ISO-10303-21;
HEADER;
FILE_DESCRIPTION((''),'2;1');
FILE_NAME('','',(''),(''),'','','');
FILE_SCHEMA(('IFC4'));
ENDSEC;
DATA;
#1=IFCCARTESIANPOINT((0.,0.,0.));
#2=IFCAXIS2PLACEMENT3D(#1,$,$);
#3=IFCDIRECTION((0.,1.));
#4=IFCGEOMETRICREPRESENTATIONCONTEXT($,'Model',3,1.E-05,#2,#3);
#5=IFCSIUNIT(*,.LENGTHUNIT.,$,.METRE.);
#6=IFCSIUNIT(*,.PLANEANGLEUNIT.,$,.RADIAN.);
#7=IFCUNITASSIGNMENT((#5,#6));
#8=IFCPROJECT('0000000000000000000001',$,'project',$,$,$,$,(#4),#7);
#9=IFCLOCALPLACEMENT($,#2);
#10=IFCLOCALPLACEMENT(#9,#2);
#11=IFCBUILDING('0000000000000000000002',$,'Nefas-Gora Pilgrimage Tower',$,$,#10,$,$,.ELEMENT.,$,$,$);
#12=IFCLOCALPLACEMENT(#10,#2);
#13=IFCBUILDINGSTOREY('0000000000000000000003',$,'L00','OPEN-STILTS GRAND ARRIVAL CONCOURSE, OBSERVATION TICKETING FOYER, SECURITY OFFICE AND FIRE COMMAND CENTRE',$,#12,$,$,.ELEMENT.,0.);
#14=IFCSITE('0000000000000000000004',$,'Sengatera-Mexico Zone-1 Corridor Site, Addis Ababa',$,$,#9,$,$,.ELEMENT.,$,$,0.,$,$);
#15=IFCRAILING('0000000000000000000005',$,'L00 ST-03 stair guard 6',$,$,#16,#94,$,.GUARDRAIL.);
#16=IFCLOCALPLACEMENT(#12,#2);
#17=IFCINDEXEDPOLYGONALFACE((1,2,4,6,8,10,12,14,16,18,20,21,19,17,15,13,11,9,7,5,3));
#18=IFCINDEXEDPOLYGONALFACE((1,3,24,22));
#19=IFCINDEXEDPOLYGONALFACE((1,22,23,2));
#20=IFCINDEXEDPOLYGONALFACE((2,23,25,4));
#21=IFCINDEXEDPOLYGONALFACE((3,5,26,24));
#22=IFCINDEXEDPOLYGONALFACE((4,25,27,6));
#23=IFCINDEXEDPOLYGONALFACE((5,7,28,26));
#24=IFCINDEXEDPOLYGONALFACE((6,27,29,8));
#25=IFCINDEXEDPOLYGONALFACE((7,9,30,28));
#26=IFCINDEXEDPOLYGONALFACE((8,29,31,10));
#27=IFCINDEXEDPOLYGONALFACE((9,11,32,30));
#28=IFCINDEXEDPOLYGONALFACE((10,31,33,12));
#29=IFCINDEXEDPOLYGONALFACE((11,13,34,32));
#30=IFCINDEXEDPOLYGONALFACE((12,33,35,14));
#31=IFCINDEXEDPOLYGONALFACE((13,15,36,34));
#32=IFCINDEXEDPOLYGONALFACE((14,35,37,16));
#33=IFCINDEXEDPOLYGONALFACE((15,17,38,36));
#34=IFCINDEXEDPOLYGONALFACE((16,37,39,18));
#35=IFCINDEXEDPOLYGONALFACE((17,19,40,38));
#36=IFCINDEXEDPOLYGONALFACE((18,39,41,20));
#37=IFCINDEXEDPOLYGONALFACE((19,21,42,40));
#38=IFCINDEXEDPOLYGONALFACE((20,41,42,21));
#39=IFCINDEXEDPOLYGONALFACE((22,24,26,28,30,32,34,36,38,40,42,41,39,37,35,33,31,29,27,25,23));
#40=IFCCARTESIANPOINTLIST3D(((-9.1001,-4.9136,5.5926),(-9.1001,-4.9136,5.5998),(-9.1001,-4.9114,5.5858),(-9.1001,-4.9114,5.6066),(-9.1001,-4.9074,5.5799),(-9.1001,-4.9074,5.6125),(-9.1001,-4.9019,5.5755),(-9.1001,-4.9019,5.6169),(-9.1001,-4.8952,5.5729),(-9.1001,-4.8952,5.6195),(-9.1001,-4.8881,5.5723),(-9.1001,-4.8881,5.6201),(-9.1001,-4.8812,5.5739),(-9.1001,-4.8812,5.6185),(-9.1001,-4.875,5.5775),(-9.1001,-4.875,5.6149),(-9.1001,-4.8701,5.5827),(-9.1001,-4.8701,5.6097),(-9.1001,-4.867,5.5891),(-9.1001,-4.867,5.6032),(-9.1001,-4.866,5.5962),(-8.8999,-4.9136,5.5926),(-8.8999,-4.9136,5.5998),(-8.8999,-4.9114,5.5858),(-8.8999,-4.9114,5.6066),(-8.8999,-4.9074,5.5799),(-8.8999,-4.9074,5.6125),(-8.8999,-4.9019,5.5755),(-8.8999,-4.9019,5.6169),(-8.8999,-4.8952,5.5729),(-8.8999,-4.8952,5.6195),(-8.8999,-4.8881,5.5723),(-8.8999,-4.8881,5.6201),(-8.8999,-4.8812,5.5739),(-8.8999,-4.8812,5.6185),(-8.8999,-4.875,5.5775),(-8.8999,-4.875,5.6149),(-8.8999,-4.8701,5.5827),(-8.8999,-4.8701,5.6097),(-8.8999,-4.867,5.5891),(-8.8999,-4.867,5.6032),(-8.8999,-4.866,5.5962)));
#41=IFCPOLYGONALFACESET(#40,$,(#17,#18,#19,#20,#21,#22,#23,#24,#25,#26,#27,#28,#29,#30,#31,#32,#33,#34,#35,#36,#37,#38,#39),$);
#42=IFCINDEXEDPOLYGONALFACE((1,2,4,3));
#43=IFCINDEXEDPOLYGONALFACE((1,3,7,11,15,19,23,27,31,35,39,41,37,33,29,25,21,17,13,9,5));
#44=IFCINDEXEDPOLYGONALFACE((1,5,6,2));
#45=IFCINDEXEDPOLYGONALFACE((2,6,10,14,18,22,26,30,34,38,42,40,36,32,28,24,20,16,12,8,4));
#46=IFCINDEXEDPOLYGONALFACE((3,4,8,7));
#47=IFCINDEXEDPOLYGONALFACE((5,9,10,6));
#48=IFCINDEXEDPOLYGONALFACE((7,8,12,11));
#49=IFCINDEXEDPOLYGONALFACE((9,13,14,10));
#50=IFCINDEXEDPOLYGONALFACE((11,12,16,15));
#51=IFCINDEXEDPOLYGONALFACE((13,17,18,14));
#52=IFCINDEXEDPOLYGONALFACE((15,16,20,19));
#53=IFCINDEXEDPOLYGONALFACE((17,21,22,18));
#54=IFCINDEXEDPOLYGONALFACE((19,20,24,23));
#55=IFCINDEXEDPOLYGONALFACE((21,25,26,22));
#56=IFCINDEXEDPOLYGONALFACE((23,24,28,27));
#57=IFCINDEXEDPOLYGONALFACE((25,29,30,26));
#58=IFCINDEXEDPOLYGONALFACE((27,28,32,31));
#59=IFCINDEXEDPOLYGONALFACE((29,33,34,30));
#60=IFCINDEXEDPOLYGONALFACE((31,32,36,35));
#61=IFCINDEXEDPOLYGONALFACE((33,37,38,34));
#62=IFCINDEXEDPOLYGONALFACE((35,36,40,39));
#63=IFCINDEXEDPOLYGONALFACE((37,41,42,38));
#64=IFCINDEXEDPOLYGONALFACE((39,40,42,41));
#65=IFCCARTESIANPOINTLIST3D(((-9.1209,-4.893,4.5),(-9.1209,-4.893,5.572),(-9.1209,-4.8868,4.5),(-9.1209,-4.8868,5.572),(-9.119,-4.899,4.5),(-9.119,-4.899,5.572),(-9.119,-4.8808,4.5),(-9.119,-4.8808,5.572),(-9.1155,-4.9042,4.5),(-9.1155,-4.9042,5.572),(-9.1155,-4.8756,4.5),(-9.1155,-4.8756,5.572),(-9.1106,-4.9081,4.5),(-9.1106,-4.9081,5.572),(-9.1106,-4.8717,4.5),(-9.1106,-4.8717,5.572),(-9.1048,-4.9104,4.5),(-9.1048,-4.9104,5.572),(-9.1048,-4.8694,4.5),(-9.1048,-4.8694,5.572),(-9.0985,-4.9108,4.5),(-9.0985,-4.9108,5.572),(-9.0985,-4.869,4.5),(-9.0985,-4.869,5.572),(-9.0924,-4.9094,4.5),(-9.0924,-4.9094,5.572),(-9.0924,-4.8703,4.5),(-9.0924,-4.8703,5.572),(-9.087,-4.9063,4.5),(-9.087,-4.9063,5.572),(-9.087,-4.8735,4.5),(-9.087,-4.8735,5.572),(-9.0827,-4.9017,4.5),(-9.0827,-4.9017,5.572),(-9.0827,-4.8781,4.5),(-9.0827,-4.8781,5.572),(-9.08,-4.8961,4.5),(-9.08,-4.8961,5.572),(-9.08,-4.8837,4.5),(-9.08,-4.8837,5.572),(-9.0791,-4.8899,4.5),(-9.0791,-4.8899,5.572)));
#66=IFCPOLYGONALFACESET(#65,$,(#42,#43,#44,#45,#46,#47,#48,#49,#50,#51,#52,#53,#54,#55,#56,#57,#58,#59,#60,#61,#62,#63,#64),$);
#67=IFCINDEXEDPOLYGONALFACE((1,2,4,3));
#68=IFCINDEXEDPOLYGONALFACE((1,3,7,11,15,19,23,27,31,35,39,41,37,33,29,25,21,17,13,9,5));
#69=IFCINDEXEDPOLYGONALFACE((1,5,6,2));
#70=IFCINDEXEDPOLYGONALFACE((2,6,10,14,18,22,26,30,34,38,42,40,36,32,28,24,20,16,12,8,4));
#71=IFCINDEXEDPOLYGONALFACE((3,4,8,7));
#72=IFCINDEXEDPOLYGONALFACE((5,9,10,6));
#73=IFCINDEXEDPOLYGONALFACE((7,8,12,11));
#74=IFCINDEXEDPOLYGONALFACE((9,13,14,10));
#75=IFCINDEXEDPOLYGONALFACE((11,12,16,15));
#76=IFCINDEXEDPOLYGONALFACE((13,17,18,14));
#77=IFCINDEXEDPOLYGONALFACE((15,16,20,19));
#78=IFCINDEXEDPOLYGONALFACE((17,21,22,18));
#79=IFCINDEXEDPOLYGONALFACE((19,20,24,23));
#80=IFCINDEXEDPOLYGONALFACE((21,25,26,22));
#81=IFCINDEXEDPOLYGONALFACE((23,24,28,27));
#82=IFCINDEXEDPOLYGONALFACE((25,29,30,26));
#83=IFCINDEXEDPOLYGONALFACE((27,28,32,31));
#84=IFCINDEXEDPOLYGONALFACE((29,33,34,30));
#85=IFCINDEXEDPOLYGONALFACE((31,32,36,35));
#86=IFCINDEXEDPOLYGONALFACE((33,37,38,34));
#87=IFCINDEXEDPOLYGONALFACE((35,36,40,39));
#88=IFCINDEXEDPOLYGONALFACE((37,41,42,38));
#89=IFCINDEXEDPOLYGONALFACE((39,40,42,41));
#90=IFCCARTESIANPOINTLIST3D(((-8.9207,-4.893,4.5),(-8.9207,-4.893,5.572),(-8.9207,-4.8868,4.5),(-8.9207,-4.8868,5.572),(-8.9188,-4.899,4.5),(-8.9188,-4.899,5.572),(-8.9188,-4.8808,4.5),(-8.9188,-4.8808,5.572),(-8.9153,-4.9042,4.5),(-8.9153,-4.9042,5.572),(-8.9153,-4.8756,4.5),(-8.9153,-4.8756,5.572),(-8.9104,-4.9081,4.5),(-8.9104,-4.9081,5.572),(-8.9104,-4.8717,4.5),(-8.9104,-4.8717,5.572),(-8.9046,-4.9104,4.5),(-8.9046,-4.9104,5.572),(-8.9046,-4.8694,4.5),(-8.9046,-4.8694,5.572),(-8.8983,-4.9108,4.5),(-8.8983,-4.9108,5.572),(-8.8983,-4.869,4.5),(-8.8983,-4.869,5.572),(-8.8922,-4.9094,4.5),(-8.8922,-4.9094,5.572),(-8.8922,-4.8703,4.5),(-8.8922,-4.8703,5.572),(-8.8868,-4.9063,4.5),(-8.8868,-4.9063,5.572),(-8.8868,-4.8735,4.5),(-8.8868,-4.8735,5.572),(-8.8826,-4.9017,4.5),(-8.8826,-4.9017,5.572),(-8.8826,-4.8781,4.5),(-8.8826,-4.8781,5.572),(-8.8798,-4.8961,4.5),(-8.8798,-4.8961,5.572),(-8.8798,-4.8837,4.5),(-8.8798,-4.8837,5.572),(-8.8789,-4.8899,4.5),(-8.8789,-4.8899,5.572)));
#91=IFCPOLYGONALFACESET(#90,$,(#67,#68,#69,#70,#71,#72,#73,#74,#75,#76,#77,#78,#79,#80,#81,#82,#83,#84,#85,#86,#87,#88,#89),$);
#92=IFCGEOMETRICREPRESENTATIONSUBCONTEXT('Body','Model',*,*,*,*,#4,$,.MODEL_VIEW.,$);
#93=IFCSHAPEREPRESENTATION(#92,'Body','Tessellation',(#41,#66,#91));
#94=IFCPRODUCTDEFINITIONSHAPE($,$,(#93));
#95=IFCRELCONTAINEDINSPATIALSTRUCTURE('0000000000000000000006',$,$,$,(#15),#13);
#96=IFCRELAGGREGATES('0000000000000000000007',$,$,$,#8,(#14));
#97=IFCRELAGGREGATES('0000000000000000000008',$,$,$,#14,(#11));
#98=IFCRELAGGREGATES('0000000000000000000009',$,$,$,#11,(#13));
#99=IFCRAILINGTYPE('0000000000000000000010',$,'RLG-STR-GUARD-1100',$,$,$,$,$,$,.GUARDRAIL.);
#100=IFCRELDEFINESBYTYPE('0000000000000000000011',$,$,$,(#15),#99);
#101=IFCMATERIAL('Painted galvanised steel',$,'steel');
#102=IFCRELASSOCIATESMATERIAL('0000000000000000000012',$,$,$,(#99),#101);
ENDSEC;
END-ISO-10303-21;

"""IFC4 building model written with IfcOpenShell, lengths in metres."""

from ifc_helpers import new_model, si_unit, direction, frame, origin, origin_2d, place, context, subcontext, project, spatial, circle, extrude, material, type_object, element, save


model = new_model("IFC4")

# Units and contexts
model_context = context("Model", 3, precision=1e-05, world=origin(), true_north=direction((0.0, 1.0)))
body_context = subcontext(model_context, "Body", "Model", "MODEL_VIEW")
ifc_project = project(units=[si_unit("LENGTHUNIT", "METRE"), si_unit("PLANEANGLEUNIT", "RADIAN")], contexts=[model_context])

# Site, building, storey
site_placement = place(None, origin())
site = spatial("IfcSite", under=ifc_project, at=site_placement, Name="Sengatera-Mexico Zone-1 Corridor Site, Addis Ababa", CompositionType="ELEMENT", RefElevation=0.0)
building_placement = place(site_placement, origin())
building = spatial("IfcBuilding", under=site, at=building_placement, Name="Nefas-Gora Pilgrimage Tower", CompositionType="ELEMENT")
storey_placement = place(building_placement, origin())
storey = spatial("IfcBuildingStorey", under=building, at=storey_placement, Name="L00", Description="OPEN-STILTS GRAND ARRIVAL CONCOURSE, OBSERVATION TICKETING FOYER, SECURITY OFFICE AND FIRE COMMAND CENTRE", CompositionType="ELEMENT", Elevation=0.0)

# Railing
ifc_material_1 = material(Name="Painted galvanised steel", Category="steel")
railing_type_1 = type_object("IfcRailingType", Name="RLG-STR-GUARD-1100", PredefinedType="GUARDRAIL", material=ifc_material_1)
railing_1_placement = place(storey_placement, frame((-9.1001, -4.8899, 4.5)))
element("IfcRailing", 1, at=railing_1_placement, inside=storey, type_object=railing_type_1, Name="L00 ST-03 stair guard 6", PredefinedType="GUARDRAIL", context=body_context, shape_type="SweptSolid", body=[
    extrude(circle(Radius=0.0239, at=origin_2d()), frame((0.0, 0.0, 1.0962), z_axis=(1.0, 0.0, 0.0), x_axis=(0.0, 1.0, 0.0)), (0.0, 0.0, 1.0), 0.2002),
    extrude(circle(Radius=0.021, at=origin_2d()), origin(), (0.0, 0.0, 1.0), 1.072),
    extrude(circle(Radius=0.021, at=origin_2d()), frame((0.2002, 0.0, 0.0)), (0.0, 0.0, 1.0), 1.072),
])

save(model, "model.ifc")
